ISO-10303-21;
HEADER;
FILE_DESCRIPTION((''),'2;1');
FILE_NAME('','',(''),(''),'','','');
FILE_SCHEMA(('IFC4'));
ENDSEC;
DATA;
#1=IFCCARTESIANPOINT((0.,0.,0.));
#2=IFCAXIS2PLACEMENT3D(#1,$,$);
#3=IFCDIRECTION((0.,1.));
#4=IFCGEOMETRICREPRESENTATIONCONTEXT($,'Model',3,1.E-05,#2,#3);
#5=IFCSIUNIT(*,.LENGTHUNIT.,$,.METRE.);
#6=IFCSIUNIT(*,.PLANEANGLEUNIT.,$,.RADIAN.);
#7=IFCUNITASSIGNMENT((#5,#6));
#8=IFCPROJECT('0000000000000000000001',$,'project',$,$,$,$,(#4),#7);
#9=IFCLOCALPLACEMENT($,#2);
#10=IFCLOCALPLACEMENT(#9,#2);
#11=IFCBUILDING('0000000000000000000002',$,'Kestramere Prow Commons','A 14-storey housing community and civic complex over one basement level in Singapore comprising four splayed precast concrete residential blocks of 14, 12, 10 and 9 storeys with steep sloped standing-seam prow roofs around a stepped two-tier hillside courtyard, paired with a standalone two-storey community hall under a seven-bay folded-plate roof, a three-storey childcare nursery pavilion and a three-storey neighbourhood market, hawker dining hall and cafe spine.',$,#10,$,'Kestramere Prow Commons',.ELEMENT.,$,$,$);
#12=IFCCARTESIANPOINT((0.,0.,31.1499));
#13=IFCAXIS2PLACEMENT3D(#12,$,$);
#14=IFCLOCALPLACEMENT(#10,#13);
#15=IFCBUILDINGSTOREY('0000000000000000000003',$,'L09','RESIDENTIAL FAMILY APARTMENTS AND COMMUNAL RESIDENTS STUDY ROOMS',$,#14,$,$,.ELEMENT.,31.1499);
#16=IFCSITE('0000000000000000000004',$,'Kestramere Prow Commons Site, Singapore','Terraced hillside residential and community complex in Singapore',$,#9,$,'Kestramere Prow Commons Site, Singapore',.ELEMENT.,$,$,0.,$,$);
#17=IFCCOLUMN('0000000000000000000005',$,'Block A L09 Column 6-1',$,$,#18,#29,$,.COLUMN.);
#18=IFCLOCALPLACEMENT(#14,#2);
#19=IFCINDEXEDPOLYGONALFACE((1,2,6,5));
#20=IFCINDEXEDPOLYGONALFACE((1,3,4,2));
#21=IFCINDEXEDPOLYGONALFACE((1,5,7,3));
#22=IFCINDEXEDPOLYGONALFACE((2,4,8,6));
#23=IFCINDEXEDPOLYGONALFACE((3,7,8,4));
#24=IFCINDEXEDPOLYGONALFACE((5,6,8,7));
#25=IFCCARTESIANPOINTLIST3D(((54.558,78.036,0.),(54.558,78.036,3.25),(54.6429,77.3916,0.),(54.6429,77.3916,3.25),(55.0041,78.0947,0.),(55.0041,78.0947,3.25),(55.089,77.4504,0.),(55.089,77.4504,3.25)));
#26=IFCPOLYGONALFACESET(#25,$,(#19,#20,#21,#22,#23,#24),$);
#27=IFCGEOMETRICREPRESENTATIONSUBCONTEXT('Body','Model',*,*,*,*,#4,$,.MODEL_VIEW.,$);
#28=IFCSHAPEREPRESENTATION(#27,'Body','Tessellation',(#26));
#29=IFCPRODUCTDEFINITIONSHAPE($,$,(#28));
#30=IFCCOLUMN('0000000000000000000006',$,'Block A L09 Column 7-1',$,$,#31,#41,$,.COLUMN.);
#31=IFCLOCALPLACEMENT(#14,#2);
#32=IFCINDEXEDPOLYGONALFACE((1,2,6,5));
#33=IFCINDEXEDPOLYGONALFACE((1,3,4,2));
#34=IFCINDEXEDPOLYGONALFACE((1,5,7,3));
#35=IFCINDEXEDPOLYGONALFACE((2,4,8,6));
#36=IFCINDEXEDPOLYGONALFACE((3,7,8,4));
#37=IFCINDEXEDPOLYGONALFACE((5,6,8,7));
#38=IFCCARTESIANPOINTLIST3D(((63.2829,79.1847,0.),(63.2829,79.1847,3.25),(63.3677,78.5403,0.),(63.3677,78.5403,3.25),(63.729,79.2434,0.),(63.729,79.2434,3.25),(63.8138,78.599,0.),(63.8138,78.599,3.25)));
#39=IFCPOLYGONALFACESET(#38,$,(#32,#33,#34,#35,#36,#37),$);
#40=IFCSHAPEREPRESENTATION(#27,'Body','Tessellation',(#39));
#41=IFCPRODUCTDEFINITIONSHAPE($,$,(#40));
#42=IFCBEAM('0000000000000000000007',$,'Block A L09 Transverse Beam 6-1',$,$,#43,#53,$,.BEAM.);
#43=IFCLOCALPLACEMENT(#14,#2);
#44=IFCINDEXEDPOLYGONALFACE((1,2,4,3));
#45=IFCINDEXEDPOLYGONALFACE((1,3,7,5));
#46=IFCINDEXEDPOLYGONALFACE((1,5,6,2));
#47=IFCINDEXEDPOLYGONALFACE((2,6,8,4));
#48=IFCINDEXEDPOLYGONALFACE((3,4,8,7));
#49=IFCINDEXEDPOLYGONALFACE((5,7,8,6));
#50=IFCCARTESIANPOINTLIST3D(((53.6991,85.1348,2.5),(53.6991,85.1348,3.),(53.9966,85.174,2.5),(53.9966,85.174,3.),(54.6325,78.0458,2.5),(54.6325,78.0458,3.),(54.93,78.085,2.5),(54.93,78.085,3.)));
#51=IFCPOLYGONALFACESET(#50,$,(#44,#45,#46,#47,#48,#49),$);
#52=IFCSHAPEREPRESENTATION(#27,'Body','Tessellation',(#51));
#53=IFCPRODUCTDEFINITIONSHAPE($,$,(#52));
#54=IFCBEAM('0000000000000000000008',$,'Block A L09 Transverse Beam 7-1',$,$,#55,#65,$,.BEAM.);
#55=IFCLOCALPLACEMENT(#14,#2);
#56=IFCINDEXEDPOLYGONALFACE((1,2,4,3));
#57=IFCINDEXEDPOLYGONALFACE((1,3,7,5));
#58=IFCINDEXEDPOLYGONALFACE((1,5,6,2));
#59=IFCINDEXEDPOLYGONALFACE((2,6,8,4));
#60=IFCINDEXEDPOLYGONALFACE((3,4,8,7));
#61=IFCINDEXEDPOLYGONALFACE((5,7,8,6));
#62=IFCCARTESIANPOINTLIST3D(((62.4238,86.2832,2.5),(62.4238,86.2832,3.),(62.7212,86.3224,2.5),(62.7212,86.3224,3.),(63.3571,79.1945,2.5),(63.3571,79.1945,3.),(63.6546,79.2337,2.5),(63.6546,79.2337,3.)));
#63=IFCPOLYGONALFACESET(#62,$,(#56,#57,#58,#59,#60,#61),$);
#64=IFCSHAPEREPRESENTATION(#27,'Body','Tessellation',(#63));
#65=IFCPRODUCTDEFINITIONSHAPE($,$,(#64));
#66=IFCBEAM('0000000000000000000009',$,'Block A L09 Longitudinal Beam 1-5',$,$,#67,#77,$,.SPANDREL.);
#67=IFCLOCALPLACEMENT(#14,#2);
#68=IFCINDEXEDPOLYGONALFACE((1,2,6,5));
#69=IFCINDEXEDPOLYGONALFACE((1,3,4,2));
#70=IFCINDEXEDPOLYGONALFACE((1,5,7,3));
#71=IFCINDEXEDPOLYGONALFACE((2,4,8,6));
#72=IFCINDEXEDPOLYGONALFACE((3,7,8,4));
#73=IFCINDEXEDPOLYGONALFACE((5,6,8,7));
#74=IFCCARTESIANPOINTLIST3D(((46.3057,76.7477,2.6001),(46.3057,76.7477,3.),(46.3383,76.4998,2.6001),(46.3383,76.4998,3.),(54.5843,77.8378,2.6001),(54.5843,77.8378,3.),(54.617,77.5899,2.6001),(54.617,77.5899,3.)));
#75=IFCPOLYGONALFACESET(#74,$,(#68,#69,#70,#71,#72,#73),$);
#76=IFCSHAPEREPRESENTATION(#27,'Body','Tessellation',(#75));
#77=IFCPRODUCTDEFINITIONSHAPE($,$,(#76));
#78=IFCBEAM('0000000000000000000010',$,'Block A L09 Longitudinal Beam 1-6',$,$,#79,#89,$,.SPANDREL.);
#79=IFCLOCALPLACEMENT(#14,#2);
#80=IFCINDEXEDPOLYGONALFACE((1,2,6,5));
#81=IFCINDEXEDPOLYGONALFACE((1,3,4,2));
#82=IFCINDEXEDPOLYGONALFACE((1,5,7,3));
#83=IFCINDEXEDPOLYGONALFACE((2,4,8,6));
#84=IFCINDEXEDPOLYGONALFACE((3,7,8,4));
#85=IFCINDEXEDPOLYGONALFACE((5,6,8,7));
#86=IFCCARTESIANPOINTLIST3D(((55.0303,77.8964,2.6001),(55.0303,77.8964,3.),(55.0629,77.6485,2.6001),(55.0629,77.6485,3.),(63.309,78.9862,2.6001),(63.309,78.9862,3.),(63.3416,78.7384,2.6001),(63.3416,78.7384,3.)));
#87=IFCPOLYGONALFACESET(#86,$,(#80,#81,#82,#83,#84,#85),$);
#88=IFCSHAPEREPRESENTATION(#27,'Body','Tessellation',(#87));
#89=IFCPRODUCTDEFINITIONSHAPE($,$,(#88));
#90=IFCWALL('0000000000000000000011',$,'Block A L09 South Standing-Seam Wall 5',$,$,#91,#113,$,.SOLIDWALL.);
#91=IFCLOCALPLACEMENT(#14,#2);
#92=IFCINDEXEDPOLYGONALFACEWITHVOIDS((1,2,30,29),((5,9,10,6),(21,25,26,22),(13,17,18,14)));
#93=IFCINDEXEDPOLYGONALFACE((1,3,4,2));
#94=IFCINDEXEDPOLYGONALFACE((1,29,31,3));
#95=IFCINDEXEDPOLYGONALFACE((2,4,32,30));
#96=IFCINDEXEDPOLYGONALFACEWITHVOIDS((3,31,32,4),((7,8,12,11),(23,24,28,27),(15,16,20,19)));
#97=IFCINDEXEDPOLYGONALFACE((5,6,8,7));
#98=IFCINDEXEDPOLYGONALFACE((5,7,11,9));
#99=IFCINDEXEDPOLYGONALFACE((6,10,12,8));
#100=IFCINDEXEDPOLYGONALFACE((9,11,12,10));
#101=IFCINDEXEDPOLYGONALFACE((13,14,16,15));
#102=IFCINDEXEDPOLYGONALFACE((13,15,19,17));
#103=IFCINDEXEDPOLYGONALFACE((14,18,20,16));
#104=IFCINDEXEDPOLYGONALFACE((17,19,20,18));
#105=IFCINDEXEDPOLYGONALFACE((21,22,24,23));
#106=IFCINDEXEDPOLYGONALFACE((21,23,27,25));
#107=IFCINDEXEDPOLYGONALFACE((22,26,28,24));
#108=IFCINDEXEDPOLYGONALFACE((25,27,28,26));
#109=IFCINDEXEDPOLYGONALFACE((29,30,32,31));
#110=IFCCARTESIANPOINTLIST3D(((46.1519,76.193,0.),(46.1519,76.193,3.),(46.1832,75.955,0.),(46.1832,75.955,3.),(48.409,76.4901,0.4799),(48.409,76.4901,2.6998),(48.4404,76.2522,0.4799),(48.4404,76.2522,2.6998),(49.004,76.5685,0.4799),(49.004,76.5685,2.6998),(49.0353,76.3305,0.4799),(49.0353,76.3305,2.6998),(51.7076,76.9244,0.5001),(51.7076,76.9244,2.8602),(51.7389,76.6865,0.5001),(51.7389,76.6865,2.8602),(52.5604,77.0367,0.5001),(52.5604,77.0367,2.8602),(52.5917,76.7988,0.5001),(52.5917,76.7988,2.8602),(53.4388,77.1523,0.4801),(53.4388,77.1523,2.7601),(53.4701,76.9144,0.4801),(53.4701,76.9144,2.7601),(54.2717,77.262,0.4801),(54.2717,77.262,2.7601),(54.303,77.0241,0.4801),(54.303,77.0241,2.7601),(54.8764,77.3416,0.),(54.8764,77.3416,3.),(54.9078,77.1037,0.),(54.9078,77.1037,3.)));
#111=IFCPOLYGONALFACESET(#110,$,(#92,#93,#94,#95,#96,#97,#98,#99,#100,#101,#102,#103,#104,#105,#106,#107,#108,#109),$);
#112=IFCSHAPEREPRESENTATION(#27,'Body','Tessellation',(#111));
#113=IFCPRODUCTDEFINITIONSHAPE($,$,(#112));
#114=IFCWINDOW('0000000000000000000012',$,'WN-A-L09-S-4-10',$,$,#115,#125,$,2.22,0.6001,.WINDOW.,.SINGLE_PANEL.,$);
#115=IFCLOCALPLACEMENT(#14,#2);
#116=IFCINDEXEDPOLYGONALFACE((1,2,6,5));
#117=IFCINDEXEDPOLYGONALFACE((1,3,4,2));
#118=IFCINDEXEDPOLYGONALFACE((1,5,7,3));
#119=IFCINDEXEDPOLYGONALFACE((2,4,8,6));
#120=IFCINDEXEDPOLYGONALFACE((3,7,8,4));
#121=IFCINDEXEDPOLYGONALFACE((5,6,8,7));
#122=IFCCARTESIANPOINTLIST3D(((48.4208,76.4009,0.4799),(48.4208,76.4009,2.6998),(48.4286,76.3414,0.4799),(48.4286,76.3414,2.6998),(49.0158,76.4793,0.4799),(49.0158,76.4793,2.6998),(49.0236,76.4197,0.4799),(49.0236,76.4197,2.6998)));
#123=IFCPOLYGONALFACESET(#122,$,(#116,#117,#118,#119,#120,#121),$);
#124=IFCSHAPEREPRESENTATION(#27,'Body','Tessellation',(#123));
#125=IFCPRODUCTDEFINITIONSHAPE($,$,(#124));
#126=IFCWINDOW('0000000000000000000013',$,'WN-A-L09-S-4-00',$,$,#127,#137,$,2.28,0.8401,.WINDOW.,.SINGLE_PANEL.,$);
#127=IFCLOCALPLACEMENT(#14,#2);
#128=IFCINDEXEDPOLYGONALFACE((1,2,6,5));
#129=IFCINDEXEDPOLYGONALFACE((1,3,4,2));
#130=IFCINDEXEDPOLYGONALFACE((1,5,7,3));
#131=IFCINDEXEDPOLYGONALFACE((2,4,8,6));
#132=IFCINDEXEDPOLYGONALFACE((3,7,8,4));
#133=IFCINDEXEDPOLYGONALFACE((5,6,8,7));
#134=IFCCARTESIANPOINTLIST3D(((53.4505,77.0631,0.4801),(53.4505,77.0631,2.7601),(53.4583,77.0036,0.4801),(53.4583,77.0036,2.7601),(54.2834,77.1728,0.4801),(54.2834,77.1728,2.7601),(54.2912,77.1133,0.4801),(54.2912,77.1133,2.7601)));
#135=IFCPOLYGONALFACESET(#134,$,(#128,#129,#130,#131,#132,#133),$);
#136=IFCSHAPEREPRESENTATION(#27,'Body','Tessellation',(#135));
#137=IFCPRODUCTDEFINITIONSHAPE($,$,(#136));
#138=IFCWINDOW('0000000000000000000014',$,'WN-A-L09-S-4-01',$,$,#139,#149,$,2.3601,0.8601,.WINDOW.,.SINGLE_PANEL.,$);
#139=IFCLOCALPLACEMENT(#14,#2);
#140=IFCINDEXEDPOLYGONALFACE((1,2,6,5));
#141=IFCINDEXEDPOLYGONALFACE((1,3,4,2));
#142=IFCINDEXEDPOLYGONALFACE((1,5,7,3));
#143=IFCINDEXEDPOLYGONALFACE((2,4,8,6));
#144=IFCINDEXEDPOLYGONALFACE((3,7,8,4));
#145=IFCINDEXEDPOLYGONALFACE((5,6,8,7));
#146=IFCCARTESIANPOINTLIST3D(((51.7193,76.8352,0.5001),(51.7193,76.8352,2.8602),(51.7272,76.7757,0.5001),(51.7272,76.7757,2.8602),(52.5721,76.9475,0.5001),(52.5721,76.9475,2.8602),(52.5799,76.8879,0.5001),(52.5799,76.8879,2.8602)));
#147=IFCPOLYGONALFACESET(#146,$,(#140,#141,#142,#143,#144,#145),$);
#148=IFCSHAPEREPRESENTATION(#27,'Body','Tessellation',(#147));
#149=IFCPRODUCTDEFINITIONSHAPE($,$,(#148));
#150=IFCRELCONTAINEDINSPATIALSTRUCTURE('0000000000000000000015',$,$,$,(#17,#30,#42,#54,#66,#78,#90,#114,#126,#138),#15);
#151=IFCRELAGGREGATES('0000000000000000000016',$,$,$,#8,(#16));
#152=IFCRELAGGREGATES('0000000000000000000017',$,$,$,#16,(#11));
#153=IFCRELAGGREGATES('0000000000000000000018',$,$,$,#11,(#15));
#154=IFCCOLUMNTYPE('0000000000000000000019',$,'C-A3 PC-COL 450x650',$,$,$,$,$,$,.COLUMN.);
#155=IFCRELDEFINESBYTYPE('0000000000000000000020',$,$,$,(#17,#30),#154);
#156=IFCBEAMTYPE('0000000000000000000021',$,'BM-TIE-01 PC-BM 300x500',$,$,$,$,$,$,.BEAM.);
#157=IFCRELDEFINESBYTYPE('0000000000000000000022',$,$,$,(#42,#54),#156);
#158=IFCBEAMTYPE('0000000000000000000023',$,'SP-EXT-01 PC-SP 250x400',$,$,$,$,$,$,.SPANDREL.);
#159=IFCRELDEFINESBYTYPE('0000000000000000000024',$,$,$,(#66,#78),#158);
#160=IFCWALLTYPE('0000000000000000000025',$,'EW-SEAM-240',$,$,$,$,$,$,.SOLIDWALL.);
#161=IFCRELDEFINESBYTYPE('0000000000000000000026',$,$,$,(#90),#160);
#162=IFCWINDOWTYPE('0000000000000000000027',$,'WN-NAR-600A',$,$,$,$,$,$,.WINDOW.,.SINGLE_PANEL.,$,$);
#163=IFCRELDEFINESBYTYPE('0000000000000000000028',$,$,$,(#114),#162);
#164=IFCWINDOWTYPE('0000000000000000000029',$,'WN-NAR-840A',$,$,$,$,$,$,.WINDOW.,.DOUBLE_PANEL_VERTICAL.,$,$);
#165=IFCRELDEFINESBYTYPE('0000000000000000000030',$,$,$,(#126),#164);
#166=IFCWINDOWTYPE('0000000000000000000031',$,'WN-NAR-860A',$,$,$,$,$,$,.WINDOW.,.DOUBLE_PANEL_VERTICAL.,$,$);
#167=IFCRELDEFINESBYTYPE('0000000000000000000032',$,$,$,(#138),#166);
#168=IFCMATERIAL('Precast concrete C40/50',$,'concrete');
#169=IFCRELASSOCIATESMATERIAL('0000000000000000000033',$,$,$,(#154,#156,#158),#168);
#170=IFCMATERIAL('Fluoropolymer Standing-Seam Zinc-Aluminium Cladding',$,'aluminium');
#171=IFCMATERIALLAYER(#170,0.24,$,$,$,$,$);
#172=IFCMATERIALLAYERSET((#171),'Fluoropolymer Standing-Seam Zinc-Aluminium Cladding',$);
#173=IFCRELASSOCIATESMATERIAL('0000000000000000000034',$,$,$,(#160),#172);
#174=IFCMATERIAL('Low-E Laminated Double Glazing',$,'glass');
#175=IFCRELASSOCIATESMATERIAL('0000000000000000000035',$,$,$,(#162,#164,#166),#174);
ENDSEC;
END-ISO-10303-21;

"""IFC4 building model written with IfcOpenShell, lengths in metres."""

from ifc_helpers import new_model, si_unit, direction, frame, frame_2d, origin, origin_2d, place, context, subcontext, project, spatial, rectangle, extrude, material, layer, layer_set, material_profile, profile_set, type_object, element, fill, save


model = new_model("IFC4")

# Units and contexts
model_context = context("Model", 3, precision=1e-05, world=origin(), true_north=direction((0.0, 1.0)))
body_context = subcontext(model_context, "Body", "Model", "MODEL_VIEW")
ifc_project = project(units=[si_unit("LENGTHUNIT", "METRE"), si_unit("PLANEANGLEUNIT", "RADIAN")], contexts=[model_context])

# Site, building, storey
site_placement = place(None, origin())
site = spatial("IfcSite", under=ifc_project, at=site_placement, Name="Kestramere Prow Commons Site, Singapore", Description="Terraced hillside residential and community complex in Singapore", LongName="Kestramere Prow Commons Site, Singapore", CompositionType="ELEMENT", RefElevation=0.0)
building_placement = place(site_placement, origin())
building = spatial("IfcBuilding", under=site, at=building_placement, Name="Kestramere Prow Commons", Description="A 14-storey housing community and civic complex over one basement level in Singapore comprising four splayed precast concrete residential blocks of 14, 12, 10 and 9 storeys with steep sloped standing-seam prow roofs around a stepped two-tier hillside courtyard, paired with a standalone two-storey community hall under a seven-bay folded-plate roof, a three-storey childcare nursery pavilion and a three-storey neighbourhood market, hawker dining hall and cafe spine.", LongName="Kestramere Prow Commons", CompositionType="ELEMENT")
storey_placement = place(building_placement, frame((0.0, 0.0, 31.1499)))
storey = spatial("IfcBuildingStorey", under=building, at=storey_placement, Name="L09", Description="RESIDENTIAL FAMILY APARTMENTS AND COMMUNAL RESIDENTS STUDY ROOMS", CompositionType="ELEMENT", Elevation=31.1499)

# Columns
ifc_material_1 = material(Name="Precast concrete C40/50", Category="concrete")
ifc_material_profile_1 = material_profile(ifc_material_1, rectangle(XDim=0.45, YDim=0.6499, at=origin_2d()), Name="PC-COL 450x650")
ifc_profile_set_1 = profile_set([ifc_material_profile_1], Name="Precast concrete C40/50")
column_type = type_object("IfcColumnType", Name="C-A3 PC-COL 450x650", PredefinedType="COLUMN", material=ifc_profile_set_1)
for number, where, z_axis, x_axis, name in (
    (1, (54.8235, 77.7432, 0.0), (0.0, 0.0, 1.0), (0.991445, 0.130526, 0.0), "Block A L09 Column 6-1"),
    (2, (63.5483, 78.8918, 0.0), (0.0, 0.0, 1.0), (0.991445, 0.130526, 0.0), "Block A L09 Column 7-1"),
):
    element("IfcColumn", number, at=place(storey_placement, frame(where, z_axis=z_axis, x_axis=x_axis)), inside=storey, type_object=column_type, Name=name, PredefinedType="COLUMN", context=body_context, shape_type="SweptSolid", body=[
        extrude(rectangle(XDim=0.45, YDim=0.6499, at=origin_2d()), origin(), (0.0, 0.0, 1.0), 3.25),
    ])

# Beams
ifc_material_profile_2 = material_profile(ifc_material_1, rectangle(XDim=0.3, YDim=0.5, at=origin_2d()), Name="PC-BM 300x500")
ifc_profile_set_2 = profile_set([ifc_material_profile_2], Name="Precast concrete C40/50")
beam_type_1 = type_object("IfcBeamType", Name="BM-TIE-01 PC-BM 300x500", PredefinedType="BEAM", material=ifc_profile_set_2)
beam_1_placement = place(storey_placement, frame((54.7812, 78.0654, 2.75), z_axis=(-0.130538, 0.991443, 0.0), x_axis=(-0.991443, -0.130538, 0.0)))
element("IfcBeam", 3, at=beam_1_placement, inside=storey, type_object=beam_type_1, Name="Block A L09 Transverse Beam 6-1", PredefinedType="BEAM", context=body_context, shape_type="SweptSolid", body=[
    extrude(rectangle(XDim=0.3, YDim=0.5, at=origin_2d()), origin(), (0.0, 0.0, 1.0), 7.1501),
])
beam_2_placement = place(storey_placement, frame((63.5059, 79.2141, 2.75), z_axis=(-0.130542, 0.991443, 0.0), x_axis=(-0.991443, -0.130542, 0.0)))
element("IfcBeam", 4, at=beam_2_placement, inside=storey, type_object=beam_type_1, Name="Block A L09 Transverse Beam 7-1", PredefinedType="BEAM", context=body_context, shape_type="SweptSolid", body=[
    extrude(rectangle(XDim=0.3, YDim=0.5, at=origin_2d()), origin(), (0.0, 0.0, 1.0), 7.1499),
])
ifc_material_profile_3 = material_profile(ifc_material_1, rectangle(XDim=0.25, YDim=0.3999, at=origin_2d()), Name="PC-SP 250x400")
ifc_profile_set_3 = profile_set([ifc_material_profile_3], Name="Precast concrete C40/50")
beam_type_2 = type_object("IfcBeamType", Name="SP-EXT-01 PC-SP 250x400", PredefinedType="SPANDREL", material=ifc_profile_set_3)
for number, where, z_axis, x_axis, name in (
    (5, (46.322, 76.6238, 2.8), (0.991442, 0.130549, 0.0), (-0.130549, 0.991442, 0.0), "Block A L09 Longitudinal Beam 1-5"),
    (6, (55.0466, 77.7725, 2.8), (0.991446, 0.13052, 0.0), (-0.13052, 0.991446, 0.0), "Block A L09 Longitudinal Beam 1-6"),
):
    element("IfcBeam", number, at=place(storey_placement, frame(where, z_axis=z_axis, x_axis=x_axis)), inside=storey, type_object=beam_type_2, Name=name, PredefinedType="SPANDREL", context=body_context, shape_type="SweptSolid", body=[
        extrude(rectangle(XDim=0.25, YDim=0.3999, at=origin_2d()), origin(), (0.0, 0.0, 1.0), 8.3501),
    ])

# Wall, openings, windows
ifc_material_2 = material(Name="Fluoropolymer Standing-Seam Zinc-Aluminium Cladding", Category="aluminium")
ifc_layer_1 = layer(ifc_material_2, 0.24)
ifc_layer_set_1 = layer_set([ifc_layer_1], Name="Fluoropolymer Standing-Seam Zinc-Aluminium Cladding")
wall_type_1 = type_object("IfcWallType", Name="EW-SEAM-240", PredefinedType="SOLIDWALL", material=ifc_layer_set_1)
wall_1_placement = place(storey_placement, frame((54.8921, 77.2227, 0.0), z_axis=(0.0, 0.0, 1.0), x_axis=(-0.991444, -0.130533, 0.0)))
wall_1 = element("IfcWall", 7, at=wall_1_placement, inside=storey, type_object=wall_type_1, Name="Block A L09 South Standing-Seam Wall 5", PredefinedType="SOLIDWALL", context=body_context, shape_type="SweptSolid", body=[
    extrude(rectangle(XDim=8.7998, YDim=0.24, at=frame_2d((4.3999, 0.0))), origin(), (0.0, 0.0, 1.0), 3.0),
])
opening_1_placement = place(wall_1_placement, frame((0.6101, 0.0, 0.48)))
opening_1 = element("IfcOpeningElement", 8, at=opening_1_placement, cuts=wall_1, PredefinedType="OPENING", context=body_context, shape_type="SweptSolid", body=[
    extrude(rectangle(XDim=0.8401, YDim=2.28, at=frame_2d((0.4199, 1.1401))), frame((0.0, 0.135, 0.0), z_axis=(0.0, -1.0, 0.0), x_axis=(1.0, 0.0, 0.0)), (0.0, 0.0, 1.0), 0.27),
])
opening_2_placement = place(wall_1_placement, frame((2.3359, 0.0, 0.5)))
opening_2 = element("IfcOpeningElement", 9, at=opening_2_placement, cuts=wall_1, PredefinedType="OPENING", context=body_context, shape_type="SweptSolid", body=[
    extrude(rectangle(XDim=0.8601, YDim=2.3601, at=frame_2d((0.4302, 1.1802))), frame((0.0, 0.135, 0.0), z_axis=(0.0, -1.0, 0.0), x_axis=(1.0, 0.0, 0.0)), (0.0, 0.0, 1.0), 0.27),
])
opening_3_placement = place(wall_1_placement, frame((5.9231, 0.0, 0.48)))
opening_3 = element("IfcOpeningElement", 10, at=opening_3_placement, cuts=wall_1, PredefinedType="OPENING", context=body_context, shape_type="SweptSolid", body=[
    extrude(rectangle(XDim=0.6001, YDim=2.22, at=frame_2d((0.3, 1.1099))), frame((0.0, 0.135, 0.0), z_axis=(0.0, -1.0, 0.0), x_axis=(1.0, 0.0, 0.0)), (0.0, 0.0, 1.0), 0.27),
])
ifc_material_3 = material(Name="Low-E Laminated Double Glazing", Category="glass")
window_type_1 = type_object("IfcWindowType", Name="WN-NAR-600A", PartitioningType="SINGLE_PANEL", PredefinedType="WINDOW", material=ifc_material_3)
window_1_placement = place(opening_3_placement, origin())
window_1 = element("IfcWindow", 11, at=window_1_placement, inside=storey, type_object=window_type_1, Name="WN-A-L09-S-4-10", OverallHeight=2.22, OverallWidth=0.6001, PartitioningType="SINGLE_PANEL", PredefinedType="WINDOW", context=body_context, shape_type="SweptSolid", body=[
    extrude(rectangle(XDim=0.6001, YDim=2.22, at=frame_2d((0.3, 1.1099))), frame((0.0, 0.03, 0.0), z_axis=(0.0, -1.0, 0.0), x_axis=(1.0, 0.0, 0.0)), (0.0, 0.0, 1.0), 0.0601),
])
fill(opening_3, window_1)
window_type_2 = type_object("IfcWindowType", Name="WN-NAR-840A", PartitioningType="DOUBLE_PANEL_VERTICAL", PredefinedType="WINDOW", material=ifc_material_3)
window_2_placement = place(opening_1_placement, origin())
window_2 = element("IfcWindow", 12, at=window_2_placement, inside=storey, type_object=window_type_2, Name="WN-A-L09-S-4-00", OverallHeight=2.28, OverallWidth=0.8401, PartitioningType="SINGLE_PANEL", PredefinedType="WINDOW", context=body_context, shape_type="SweptSolid", body=[
    extrude(rectangle(XDim=0.8401, YDim=2.28, at=frame_2d((0.4199, 1.1401))), frame((0.0, 0.03, 0.0), z_axis=(0.0, -1.0, 0.0), x_axis=(1.0, 0.0, 0.0)), (0.0, 0.0, 1.0), 0.0601),
])
fill(opening_1, window_2)
window_type_3 = type_object("IfcWindowType", Name="WN-NAR-860A", PartitioningType="DOUBLE_PANEL_VERTICAL", PredefinedType="WINDOW", material=ifc_material_3)
window_3_placement = place(opening_2_placement, origin())
window_3 = element("IfcWindow", 13, at=window_3_placement, inside=storey, type_object=window_type_3, Name="WN-A-L09-S-4-01", OverallHeight=2.3601, OverallWidth=0.8601, PartitioningType="SINGLE_PANEL", PredefinedType="WINDOW", context=body_context, shape_type="SweptSolid", body=[
    extrude(rectangle(XDim=0.8601, YDim=2.3601, at=frame_2d((0.4302, 1.1802))), frame((0.0, 0.03, 0.0), z_axis=(0.0, -1.0, 0.0), x_axis=(1.0, 0.0, 0.0)), (0.0, 0.0, 1.0), 0.0601),
])
fill(opening_2, window_3)

save(model, "model.ifc")
